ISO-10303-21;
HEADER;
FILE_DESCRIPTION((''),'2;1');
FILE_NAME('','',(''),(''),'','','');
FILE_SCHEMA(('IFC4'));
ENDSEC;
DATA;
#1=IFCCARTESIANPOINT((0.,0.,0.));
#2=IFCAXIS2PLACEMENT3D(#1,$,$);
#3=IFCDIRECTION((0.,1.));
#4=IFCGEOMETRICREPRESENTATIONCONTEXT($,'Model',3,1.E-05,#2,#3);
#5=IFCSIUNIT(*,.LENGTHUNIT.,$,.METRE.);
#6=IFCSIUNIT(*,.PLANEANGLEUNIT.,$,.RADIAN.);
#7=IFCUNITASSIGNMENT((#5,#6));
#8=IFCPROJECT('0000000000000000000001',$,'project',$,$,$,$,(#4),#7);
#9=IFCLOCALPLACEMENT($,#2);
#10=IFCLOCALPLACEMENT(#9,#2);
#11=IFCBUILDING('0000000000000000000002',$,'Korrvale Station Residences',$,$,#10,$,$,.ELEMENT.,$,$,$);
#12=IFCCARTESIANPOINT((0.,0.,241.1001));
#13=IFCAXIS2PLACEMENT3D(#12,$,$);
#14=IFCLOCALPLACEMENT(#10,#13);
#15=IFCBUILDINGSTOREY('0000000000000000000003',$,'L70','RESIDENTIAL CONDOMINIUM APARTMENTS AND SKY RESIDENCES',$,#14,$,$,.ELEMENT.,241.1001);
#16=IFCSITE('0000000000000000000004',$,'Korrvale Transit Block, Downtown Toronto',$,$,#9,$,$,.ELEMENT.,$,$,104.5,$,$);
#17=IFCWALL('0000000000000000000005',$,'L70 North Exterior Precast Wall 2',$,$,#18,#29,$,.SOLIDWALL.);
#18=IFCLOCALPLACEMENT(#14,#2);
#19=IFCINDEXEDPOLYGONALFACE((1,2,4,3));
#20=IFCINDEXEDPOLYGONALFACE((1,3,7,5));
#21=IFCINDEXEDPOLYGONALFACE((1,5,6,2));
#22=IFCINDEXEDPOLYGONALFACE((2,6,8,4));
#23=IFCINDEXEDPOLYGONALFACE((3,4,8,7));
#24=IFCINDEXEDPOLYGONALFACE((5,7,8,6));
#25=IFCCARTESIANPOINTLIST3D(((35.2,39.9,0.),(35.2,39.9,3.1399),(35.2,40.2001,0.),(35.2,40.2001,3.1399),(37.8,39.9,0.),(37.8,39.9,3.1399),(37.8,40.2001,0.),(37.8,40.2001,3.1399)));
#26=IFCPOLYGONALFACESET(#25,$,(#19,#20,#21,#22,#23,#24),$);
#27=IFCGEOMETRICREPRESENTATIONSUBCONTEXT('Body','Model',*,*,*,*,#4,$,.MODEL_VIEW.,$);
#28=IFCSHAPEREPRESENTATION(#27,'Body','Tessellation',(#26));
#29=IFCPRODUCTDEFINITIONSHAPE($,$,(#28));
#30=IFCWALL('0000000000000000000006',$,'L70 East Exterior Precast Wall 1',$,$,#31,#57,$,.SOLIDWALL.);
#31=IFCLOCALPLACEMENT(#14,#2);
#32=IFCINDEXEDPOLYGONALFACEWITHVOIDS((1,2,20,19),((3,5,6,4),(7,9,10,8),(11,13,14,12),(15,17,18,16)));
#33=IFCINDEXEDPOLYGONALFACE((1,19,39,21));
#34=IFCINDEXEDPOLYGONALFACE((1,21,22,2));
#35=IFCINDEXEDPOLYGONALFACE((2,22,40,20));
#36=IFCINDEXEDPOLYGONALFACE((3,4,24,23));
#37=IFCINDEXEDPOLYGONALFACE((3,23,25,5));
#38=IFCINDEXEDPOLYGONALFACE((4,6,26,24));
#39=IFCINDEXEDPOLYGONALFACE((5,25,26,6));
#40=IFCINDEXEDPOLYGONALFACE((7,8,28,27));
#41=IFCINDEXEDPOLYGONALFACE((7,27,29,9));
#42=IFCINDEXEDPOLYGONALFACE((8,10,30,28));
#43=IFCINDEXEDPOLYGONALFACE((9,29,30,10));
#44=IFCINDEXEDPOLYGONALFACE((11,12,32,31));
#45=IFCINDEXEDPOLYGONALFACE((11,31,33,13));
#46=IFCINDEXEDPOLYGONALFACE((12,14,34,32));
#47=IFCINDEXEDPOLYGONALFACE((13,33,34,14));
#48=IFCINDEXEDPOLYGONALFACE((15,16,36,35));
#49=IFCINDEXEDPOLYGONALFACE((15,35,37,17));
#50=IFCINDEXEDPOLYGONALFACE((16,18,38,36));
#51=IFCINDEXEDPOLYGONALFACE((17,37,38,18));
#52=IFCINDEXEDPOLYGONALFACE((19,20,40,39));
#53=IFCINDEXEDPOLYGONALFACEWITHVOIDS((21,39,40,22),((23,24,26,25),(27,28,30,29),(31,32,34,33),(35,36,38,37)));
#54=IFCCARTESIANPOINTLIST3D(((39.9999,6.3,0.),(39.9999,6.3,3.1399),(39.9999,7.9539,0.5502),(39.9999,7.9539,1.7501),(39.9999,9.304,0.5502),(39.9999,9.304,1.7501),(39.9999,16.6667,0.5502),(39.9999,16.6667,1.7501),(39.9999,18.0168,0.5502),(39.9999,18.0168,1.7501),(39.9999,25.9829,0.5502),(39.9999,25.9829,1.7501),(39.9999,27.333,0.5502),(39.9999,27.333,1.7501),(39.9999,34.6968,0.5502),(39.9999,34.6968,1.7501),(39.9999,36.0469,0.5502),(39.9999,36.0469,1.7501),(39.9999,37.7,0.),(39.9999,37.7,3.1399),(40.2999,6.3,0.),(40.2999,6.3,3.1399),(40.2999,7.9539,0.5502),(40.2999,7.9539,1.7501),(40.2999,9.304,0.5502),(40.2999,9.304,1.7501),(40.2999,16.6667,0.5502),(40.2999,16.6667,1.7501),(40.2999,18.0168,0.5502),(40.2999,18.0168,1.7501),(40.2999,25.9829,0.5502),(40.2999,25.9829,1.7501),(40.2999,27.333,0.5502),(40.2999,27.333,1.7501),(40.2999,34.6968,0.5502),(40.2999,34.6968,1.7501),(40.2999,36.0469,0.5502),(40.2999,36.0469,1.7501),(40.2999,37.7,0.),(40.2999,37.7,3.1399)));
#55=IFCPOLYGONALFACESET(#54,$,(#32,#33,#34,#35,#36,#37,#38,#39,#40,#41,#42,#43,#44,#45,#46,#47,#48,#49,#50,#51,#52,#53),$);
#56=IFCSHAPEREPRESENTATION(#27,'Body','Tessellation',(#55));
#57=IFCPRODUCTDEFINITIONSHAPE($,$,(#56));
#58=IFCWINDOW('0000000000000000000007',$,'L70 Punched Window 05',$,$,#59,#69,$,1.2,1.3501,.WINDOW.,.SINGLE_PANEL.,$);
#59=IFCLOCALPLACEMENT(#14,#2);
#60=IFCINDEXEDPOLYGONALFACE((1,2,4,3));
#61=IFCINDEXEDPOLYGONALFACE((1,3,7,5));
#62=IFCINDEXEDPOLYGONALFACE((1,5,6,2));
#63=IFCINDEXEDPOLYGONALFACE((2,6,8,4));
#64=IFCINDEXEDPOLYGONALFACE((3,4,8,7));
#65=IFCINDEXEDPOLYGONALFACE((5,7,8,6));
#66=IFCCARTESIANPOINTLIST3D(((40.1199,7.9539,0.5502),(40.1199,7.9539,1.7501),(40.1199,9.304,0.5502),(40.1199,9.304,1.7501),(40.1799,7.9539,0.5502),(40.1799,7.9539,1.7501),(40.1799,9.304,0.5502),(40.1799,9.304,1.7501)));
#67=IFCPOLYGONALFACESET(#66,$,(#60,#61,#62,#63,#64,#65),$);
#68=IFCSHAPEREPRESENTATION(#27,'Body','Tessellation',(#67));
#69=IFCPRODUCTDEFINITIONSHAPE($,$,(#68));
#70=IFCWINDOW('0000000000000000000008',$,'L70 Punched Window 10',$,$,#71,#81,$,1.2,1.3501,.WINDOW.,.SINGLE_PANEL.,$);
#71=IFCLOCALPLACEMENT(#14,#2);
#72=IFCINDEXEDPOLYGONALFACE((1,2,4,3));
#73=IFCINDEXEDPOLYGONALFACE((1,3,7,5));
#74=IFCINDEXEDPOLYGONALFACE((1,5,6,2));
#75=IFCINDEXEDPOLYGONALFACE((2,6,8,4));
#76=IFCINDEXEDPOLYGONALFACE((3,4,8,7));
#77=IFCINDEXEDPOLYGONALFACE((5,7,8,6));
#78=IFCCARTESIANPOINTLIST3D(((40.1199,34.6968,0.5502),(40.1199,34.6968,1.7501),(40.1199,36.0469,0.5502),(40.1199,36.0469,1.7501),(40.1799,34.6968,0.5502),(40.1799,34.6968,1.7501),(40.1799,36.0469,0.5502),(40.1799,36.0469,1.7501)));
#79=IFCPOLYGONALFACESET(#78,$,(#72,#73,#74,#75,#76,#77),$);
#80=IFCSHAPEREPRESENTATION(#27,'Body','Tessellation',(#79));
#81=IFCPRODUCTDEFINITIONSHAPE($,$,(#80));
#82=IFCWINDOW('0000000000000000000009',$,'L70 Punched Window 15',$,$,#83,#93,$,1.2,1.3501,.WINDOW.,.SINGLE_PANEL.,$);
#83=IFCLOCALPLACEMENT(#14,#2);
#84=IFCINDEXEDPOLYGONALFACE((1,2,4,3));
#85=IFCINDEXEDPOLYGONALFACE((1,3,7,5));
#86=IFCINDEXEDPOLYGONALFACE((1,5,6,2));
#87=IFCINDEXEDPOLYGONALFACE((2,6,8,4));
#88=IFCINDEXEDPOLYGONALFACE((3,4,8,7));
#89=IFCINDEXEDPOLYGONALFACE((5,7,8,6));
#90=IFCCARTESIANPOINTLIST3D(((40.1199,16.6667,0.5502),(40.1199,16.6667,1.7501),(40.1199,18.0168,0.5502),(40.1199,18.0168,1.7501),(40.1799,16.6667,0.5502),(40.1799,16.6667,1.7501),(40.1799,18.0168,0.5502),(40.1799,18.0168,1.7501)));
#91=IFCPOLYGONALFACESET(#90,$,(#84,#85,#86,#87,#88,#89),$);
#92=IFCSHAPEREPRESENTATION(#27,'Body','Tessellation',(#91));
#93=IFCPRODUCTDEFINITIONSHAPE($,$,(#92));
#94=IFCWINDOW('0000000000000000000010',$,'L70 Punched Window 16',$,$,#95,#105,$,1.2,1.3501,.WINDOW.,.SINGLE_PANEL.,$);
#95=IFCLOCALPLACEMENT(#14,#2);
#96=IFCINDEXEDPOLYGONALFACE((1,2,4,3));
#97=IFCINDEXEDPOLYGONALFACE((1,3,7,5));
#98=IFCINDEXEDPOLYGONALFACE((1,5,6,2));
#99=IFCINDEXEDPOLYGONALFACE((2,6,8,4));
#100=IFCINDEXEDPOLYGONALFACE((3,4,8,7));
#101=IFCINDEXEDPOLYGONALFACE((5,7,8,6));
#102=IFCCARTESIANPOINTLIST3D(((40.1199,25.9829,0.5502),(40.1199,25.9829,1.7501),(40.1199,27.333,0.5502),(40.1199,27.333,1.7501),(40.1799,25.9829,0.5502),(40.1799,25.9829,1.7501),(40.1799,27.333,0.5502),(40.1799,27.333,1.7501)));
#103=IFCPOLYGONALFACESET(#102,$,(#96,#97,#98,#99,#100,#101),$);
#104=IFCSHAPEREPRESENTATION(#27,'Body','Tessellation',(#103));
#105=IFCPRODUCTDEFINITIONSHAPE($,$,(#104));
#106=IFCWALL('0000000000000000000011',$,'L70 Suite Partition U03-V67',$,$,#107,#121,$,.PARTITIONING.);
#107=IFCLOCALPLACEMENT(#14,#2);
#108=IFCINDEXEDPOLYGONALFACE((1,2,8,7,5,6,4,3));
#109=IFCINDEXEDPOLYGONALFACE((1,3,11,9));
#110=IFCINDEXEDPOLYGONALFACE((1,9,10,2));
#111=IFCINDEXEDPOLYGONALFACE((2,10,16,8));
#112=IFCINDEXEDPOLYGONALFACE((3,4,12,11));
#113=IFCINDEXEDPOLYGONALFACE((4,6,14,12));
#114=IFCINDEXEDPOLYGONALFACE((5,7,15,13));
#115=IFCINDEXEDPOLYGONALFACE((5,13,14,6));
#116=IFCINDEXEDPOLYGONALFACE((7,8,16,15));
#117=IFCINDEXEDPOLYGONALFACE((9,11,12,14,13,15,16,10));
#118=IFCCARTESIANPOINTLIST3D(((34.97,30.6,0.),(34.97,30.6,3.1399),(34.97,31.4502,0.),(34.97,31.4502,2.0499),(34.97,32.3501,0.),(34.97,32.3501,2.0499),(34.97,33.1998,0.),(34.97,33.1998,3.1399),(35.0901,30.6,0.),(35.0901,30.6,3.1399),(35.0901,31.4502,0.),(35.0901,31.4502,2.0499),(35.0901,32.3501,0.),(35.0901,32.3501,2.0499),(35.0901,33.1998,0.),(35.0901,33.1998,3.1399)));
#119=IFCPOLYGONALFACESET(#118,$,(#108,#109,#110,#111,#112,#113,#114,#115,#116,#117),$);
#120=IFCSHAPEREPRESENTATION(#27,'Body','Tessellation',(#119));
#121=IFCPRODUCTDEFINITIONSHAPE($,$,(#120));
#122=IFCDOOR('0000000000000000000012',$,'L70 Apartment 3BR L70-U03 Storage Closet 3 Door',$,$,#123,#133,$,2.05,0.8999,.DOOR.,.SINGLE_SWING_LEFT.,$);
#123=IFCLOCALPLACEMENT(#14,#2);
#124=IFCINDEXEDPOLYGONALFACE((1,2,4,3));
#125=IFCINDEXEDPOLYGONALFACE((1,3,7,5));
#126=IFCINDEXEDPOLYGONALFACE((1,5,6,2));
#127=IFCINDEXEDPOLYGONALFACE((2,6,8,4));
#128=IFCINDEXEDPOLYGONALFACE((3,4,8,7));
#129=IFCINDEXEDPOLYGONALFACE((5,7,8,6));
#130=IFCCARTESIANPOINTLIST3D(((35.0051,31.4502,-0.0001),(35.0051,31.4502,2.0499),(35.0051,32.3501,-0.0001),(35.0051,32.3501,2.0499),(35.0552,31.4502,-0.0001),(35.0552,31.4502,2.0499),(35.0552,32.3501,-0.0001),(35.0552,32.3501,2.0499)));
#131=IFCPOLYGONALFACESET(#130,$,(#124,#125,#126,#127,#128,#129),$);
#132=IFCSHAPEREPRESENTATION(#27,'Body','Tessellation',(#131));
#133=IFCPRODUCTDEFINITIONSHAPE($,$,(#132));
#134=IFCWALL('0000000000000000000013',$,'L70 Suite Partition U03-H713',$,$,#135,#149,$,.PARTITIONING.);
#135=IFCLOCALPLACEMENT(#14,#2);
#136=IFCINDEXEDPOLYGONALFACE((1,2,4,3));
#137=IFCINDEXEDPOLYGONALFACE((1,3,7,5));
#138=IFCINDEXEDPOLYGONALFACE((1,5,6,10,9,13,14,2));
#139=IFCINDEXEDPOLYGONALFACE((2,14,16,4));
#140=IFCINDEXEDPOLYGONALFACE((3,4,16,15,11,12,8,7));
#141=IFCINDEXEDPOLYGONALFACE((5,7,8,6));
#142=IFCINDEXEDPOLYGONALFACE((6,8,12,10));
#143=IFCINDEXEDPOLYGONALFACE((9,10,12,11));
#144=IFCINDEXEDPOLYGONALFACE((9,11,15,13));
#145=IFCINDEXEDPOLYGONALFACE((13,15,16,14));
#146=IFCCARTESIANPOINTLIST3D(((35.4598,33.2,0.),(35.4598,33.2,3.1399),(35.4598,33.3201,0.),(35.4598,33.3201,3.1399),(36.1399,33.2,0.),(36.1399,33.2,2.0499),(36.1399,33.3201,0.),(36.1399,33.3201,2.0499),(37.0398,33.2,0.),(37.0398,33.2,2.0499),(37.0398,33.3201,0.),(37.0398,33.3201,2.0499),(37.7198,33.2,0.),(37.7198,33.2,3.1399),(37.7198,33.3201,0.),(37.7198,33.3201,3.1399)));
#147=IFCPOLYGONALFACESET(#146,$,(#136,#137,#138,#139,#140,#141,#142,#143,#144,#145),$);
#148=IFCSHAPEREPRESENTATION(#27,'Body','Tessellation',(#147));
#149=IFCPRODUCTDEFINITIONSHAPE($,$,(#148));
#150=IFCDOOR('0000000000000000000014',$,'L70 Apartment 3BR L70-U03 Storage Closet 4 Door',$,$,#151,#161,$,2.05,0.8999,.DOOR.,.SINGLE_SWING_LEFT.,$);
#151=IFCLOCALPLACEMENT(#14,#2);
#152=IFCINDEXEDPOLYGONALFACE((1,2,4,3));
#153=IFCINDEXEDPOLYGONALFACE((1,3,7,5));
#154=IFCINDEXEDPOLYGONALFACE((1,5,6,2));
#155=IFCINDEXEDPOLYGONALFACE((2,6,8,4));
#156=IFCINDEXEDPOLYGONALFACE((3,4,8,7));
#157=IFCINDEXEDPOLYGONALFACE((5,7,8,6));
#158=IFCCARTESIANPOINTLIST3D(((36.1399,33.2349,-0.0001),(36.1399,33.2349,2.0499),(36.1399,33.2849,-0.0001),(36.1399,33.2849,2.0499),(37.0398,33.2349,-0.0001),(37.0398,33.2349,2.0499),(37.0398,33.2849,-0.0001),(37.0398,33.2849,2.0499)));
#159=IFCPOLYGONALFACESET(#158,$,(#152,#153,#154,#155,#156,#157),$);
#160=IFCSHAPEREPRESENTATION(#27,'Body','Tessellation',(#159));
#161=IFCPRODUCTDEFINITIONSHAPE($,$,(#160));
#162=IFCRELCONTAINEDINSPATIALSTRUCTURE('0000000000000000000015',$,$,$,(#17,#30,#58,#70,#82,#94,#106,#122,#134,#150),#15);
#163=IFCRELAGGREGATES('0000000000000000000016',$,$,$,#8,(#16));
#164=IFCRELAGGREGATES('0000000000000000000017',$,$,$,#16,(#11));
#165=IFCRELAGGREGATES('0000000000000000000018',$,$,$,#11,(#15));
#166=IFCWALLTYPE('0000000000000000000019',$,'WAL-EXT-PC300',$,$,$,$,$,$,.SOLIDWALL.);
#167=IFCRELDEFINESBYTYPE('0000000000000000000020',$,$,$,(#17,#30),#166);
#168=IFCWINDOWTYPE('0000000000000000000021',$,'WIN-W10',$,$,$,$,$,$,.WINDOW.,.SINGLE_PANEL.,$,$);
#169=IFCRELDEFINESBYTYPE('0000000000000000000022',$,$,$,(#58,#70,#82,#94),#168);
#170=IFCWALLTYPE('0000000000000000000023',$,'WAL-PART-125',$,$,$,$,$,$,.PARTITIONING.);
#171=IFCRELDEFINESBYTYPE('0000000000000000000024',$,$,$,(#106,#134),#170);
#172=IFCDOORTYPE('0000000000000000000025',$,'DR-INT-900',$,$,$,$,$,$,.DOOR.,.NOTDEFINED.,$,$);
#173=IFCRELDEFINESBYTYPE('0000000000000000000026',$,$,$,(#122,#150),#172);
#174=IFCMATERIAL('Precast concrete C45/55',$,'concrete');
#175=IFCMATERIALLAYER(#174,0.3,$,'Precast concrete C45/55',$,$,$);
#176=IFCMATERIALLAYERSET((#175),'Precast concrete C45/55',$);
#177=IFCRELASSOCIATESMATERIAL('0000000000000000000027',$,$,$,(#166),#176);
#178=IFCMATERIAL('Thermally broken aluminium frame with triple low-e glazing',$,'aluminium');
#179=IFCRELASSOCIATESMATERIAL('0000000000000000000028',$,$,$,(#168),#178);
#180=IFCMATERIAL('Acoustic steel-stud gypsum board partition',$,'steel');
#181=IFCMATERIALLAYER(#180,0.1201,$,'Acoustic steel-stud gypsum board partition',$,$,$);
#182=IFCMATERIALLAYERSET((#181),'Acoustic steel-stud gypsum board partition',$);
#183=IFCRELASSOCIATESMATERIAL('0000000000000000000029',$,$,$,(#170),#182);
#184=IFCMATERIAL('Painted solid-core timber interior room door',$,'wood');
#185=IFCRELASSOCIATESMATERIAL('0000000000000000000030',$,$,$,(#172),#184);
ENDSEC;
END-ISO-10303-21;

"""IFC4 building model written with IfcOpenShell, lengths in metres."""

from ifc_helpers import new_model, si_unit, direction, frame, frame_2d, origin, place, context, subcontext, project, spatial, rectangle, extrude, material, layer, layer_set, type_object, element, fill, save


model = new_model("IFC4")

# Units and contexts
model_context = context("Model", 3, precision=1e-05, world=origin(), true_north=direction((0.0, 1.0)))
body_context = subcontext(model_context, "Body", "Model", "MODEL_VIEW")
ifc_project = project(units=[si_unit("LENGTHUNIT", "METRE"), si_unit("PLANEANGLEUNIT", "RADIAN")], contexts=[model_context])

# Site, building, storey
site_placement = place(None, origin())
site = spatial("IfcSite", under=ifc_project, at=site_placement, Name="Korrvale Transit Block, Downtown Toronto", CompositionType="ELEMENT", RefElevation=104.5)
building_placement = place(site_placement, origin())
building = spatial("IfcBuilding", under=site, at=building_placement, Name="Korrvale Station Residences", CompositionType="ELEMENT")
storey_placement = place(building_placement, frame((0.0, 0.0, 241.1001)))
storey = spatial("IfcBuildingStorey", under=building, at=storey_placement, Name="L70", Description="RESIDENTIAL CONDOMINIUM APARTMENTS AND SKY RESIDENCES", CompositionType="ELEMENT", Elevation=241.1001)

# Wall
ifc_material_1 = material(Name="Precast concrete C45/55", Category="concrete")
ifc_layer_1 = layer(ifc_material_1, 0.3, Name="Precast concrete C45/55")
ifc_layer_set_1 = layer_set([ifc_layer_1], Name="Precast concrete C45/55")
wall_type_1 = type_object("IfcWallType", Name="WAL-EXT-PC300", PredefinedType="SOLIDWALL", material=ifc_layer_set_1)
wall_1_placement = place(storey_placement, frame((35.2, 40.05, 0.0), z_axis=(0.0, 0.0, 1.0), x_axis=(1.0, 0.0, 0.0)))
element("IfcWall", 1, at=wall_1_placement, inside=storey, type_object=wall_type_1, Name="L70 North Exterior Precast Wall 2", PredefinedType="SOLIDWALL", context=body_context, shape_type="SweptSolid", body=[
    extrude(rectangle(XDim=2.6001, YDim=0.3, at=frame_2d((1.3, 0.0))), origin(), (0.0, 0.0, 1.0), 3.1399),
])

# Wall, openings, windows
wall_2_placement = place(storey_placement, frame((40.1499, 37.7, 0.0), z_axis=(0.0, 0.0, 1.0), x_axis=(0.0, -1.0, 0.0)))
wall_2 = element("IfcWall", 2, at=wall_2_placement, inside=storey, type_object=wall_type_1, Name="L70 East Exterior Precast Wall 1", PredefinedType="SOLIDWALL", context=body_context, shape_type="SweptSolid", body=[
    extrude(rectangle(XDim=31.3999, YDim=0.3, at=frame_2d((15.7, 0.0))), origin(), (0.0, 0.0, 1.0), 3.1399),
])
opening_1_placement = place(wall_2_placement, frame((28.396, 0.0, 0.55)))
opening_1 = element("IfcOpeningElement", 3, at=opening_1_placement, cuts=wall_2, PredefinedType="OPENING", context=body_context, shape_type="SweptSolid", body=[
    extrude(rectangle(XDim=1.3501, YDim=1.2, at=frame_2d((0.675, 0.6001))), frame((0.0, 0.1602, 0.0), z_axis=(0.0, -1.0, 0.0), x_axis=(1.0, 0.0, 0.0)), (0.0, 0.0, 1.0), 0.3201),
])
opening_2_placement = place(wall_2_placement, frame((1.6531, 0.0, 0.55)))
opening_2 = element("IfcOpeningElement", 4, at=opening_2_placement, cuts=wall_2, PredefinedType="OPENING", context=body_context, shape_type="SweptSolid", body=[
    extrude(rectangle(XDim=1.3501, YDim=1.2, at=frame_2d((0.675, 0.6001))), frame((0.0, 0.1602, 0.0), z_axis=(0.0, -1.0, 0.0), x_axis=(1.0, 0.0, 0.0)), (0.0, 0.0, 1.0), 0.3201),
])
opening_3_placement = place(wall_2_placement, frame((19.6831, 0.0, 0.55)))
opening_3 = element("IfcOpeningElement", 5, at=opening_3_placement, cuts=wall_2, PredefinedType="OPENING", context=body_context, shape_type="SweptSolid", body=[
    extrude(rectangle(XDim=1.3501, YDim=1.2, at=frame_2d((0.675, 0.6001))), frame((0.0, 0.1602, 0.0), z_axis=(0.0, -1.0, 0.0), x_axis=(1.0, 0.0, 0.0)), (0.0, 0.0, 1.0), 0.3201),
])
opening_4_placement = place(wall_2_placement, frame((10.3669, 0.0, 0.55)))
opening_4 = element("IfcOpeningElement", 6, at=opening_4_placement, cuts=wall_2, PredefinedType="OPENING", context=body_context, shape_type="SweptSolid", body=[
    extrude(rectangle(XDim=1.3501, YDim=1.2, at=frame_2d((0.675, 0.6001))), frame((0.0, 0.1602, 0.0), z_axis=(0.0, -1.0, 0.0), x_axis=(1.0, 0.0, 0.0)), (0.0, 0.0, 1.0), 0.3201),
])
ifc_material_2 = material(Name="Thermally broken aluminium frame with triple low-e glazing", Category="aluminium")
window_type = type_object("IfcWindowType", Name="WIN-W10", PartitioningType="SINGLE_PANEL", PredefinedType="WINDOW", material=ifc_material_2)
window_1_placement = place(opening_1_placement, origin())
window_1 = element("IfcWindow", 7, at=window_1_placement, inside=storey, type_object=window_type, Name="L70 Punched Window 05", OverallHeight=1.2, OverallWidth=1.3501, PartitioningType="SINGLE_PANEL", PredefinedType="WINDOW", context=body_context, shape_type="SweptSolid", body=[
    extrude(rectangle(XDim=1.3501, YDim=1.2, at=frame_2d((0.675, 0.6001))), frame((0.0, 0.03, 0.0), z_axis=(0.0, -1.0, 0.0), x_axis=(1.0, 0.0, 0.0)), (0.0, 0.0, 1.0), 0.0601),
])
fill(opening_1, window_1)
window_2_placement = place(opening_2_placement, origin())
window_2 = element("IfcWindow", 8, at=window_2_placement, inside=storey, type_object=window_type, Name="L70 Punched Window 10", OverallHeight=1.2, OverallWidth=1.3501, PartitioningType="SINGLE_PANEL", PredefinedType="WINDOW", context=body_context, shape_type="SweptSolid", body=[
    extrude(rectangle(XDim=1.3501, YDim=1.2, at=frame_2d((0.675, 0.6001))), frame((0.0, 0.03, 0.0), z_axis=(0.0, -1.0, 0.0), x_axis=(1.0, 0.0, 0.0)), (0.0, 0.0, 1.0), 0.0601),
])
fill(opening_2, window_2)
window_3_placement = place(opening_3_placement, origin())
window_3 = element("IfcWindow", 9, at=window_3_placement, inside=storey, type_object=window_type, Name="L70 Punched Window 15", OverallHeight=1.2, OverallWidth=1.3501, PartitioningType="SINGLE_PANEL", PredefinedType="WINDOW", context=body_context, shape_type="SweptSolid", body=[
    extrude(rectangle(XDim=1.3501, YDim=1.2, at=frame_2d((0.675, 0.6001))), frame((0.0, 0.03, 0.0), z_axis=(0.0, -1.0, 0.0), x_axis=(1.0, 0.0, 0.0)), (0.0, 0.0, 1.0), 0.0601),
])
fill(opening_3, window_3)
window_4_placement = place(opening_4_placement, origin())
window_4 = element("IfcWindow", 10, at=window_4_placement, inside=storey, type_object=window_type, Name="L70 Punched Window 16", OverallHeight=1.2, OverallWidth=1.3501, PartitioningType="SINGLE_PANEL", PredefinedType="WINDOW", context=body_context, shape_type="SweptSolid", body=[
    extrude(rectangle(XDim=1.3501, YDim=1.2, at=frame_2d((0.675, 0.6001))), frame((0.0, 0.03, 0.0), z_axis=(0.0, -1.0, 0.0), x_axis=(1.0, 0.0, 0.0)), (0.0, 0.0, 1.0), 0.0601),
])
fill(opening_4, window_4)

# Walls, openings, doors
ifc_material_3 = material(Name="Acoustic steel-stud gypsum board partition", Category="steel")
ifc_layer_2 = layer(ifc_material_3, 0.1201, Name="Acoustic steel-stud gypsum board partition")
ifc_layer_set_2 = layer_set([ifc_layer_2], Name="Acoustic steel-stud gypsum board partition")
wall_type_2 = type_object("IfcWallType", Name="WAL-PART-125", PredefinedType="PARTITIONING", material=ifc_layer_set_2)
wall_3_placement = place(storey_placement, frame((35.03, 30.6001, 0.0), z_axis=(0.0, 0.0, 1.0), x_axis=(0.0, 1.0, 0.0)))
wall_3 = element("IfcWall", 11, at=wall_3_placement, inside=storey, type_object=wall_type_2, Name="L70 Suite Partition U03-V67", PredefinedType="PARTITIONING", context=body_context, shape_type="SweptSolid", body=[
    extrude(rectangle(XDim=2.5999, YDim=0.1201, at=frame_2d((1.2998, 0.0))), origin(), (0.0, 0.0, 1.0), 3.1399),
])
opening_5_placement = place(wall_3_placement, frame((0.8501, 0.0, 0.0)))
opening_5 = element("IfcOpeningElement", 12, at=opening_5_placement, cuts=wall_3, PredefinedType="OPENING", context=body_context, shape_type="SweptSolid", body=[
    extrude(rectangle(XDim=0.8999, YDim=2.05, at=frame_2d((0.45, 1.0249))), frame((0.0, 0.0701, 0.0), z_axis=(0.0, -1.0, 0.0), x_axis=(1.0, 0.0, 0.0)), (0.0, 0.0, 1.0), 0.1401),
])
ifc_material_4 = material(Name="Painted solid-core timber interior room door", Category="wood")
door_type = type_object("IfcDoorType", Name="DR-INT-900", OperationType="NOTDEFINED", PredefinedType="DOOR", material=ifc_material_4)
door_1_placement = place(opening_5_placement, origin())
door_1 = element("IfcDoor", 13, at=door_1_placement, inside=storey, type_object=door_type, Name="L70 Apartment 3BR L70-U03 Storage Closet 3 Door", OperationType="SINGLE_SWING_LEFT", OverallHeight=2.05, OverallWidth=0.8999, PredefinedType="DOOR", context=body_context, shape_type="SweptSolid", body=[
    extrude(rectangle(XDim=0.8999, YDim=2.05, at=frame_2d((0.45, 1.0249))), frame((0.0, 0.0249, 0.0), z_axis=(0.0, -1.0, 0.0), x_axis=(1.0, 0.0, 0.0)), (0.0, 0.0, 1.0), 0.05),
])
fill(opening_5, door_1)
wall_4_placement = place(storey_placement, frame((35.46, 33.26, 0.0), z_axis=(0.0, 0.0, 1.0), x_axis=(1.0, 0.0, 0.0)))
wall_4 = element("IfcWall", 14, at=wall_4_placement, inside=storey, type_object=wall_type_2, Name="L70 Suite Partition U03-H713", PredefinedType="PARTITIONING", context=body_context, shape_type="SweptSolid", body=[
    extrude(rectangle(XDim=2.26, YDim=0.1201, at=frame_2d((1.1299, 0.0))), origin(), (0.0, 0.0, 1.0), 3.1399),
])
opening_6_placement = place(wall_4_placement, frame((0.6799, 0.0, 0.0)))
opening_6 = element("IfcOpeningElement", 15, at=opening_6_placement, cuts=wall_4, PredefinedType="OPENING", context=body_context, shape_type="SweptSolid", body=[
    extrude(rectangle(XDim=0.8999, YDim=2.05, at=frame_2d((0.45, 1.0249))), frame((0.0, 0.0701, 0.0), z_axis=(0.0, -1.0, 0.0), x_axis=(1.0, 0.0, 0.0)), (0.0, 0.0, 1.0), 0.1401),
])
door_2_placement = place(opening_6_placement, origin())
door_2 = element("IfcDoor", 16, at=door_2_placement, inside=storey, type_object=door_type, Name="L70 Apartment 3BR L70-U03 Storage Closet 4 Door", OperationType="SINGLE_SWING_LEFT", OverallHeight=2.05, OverallWidth=0.8999, PredefinedType="DOOR", context=body_context, shape_type="SweptSolid", body=[
    extrude(rectangle(XDim=0.8999, YDim=2.05, at=frame_2d((0.45, 1.0249))), frame((0.0, 0.0249, 0.0), z_axis=(0.0, -1.0, 0.0), x_axis=(1.0, 0.0, 0.0)), (0.0, 0.0, 1.0), 0.05),
])
fill(opening_6, door_2)

save(model, "model.ifc")
